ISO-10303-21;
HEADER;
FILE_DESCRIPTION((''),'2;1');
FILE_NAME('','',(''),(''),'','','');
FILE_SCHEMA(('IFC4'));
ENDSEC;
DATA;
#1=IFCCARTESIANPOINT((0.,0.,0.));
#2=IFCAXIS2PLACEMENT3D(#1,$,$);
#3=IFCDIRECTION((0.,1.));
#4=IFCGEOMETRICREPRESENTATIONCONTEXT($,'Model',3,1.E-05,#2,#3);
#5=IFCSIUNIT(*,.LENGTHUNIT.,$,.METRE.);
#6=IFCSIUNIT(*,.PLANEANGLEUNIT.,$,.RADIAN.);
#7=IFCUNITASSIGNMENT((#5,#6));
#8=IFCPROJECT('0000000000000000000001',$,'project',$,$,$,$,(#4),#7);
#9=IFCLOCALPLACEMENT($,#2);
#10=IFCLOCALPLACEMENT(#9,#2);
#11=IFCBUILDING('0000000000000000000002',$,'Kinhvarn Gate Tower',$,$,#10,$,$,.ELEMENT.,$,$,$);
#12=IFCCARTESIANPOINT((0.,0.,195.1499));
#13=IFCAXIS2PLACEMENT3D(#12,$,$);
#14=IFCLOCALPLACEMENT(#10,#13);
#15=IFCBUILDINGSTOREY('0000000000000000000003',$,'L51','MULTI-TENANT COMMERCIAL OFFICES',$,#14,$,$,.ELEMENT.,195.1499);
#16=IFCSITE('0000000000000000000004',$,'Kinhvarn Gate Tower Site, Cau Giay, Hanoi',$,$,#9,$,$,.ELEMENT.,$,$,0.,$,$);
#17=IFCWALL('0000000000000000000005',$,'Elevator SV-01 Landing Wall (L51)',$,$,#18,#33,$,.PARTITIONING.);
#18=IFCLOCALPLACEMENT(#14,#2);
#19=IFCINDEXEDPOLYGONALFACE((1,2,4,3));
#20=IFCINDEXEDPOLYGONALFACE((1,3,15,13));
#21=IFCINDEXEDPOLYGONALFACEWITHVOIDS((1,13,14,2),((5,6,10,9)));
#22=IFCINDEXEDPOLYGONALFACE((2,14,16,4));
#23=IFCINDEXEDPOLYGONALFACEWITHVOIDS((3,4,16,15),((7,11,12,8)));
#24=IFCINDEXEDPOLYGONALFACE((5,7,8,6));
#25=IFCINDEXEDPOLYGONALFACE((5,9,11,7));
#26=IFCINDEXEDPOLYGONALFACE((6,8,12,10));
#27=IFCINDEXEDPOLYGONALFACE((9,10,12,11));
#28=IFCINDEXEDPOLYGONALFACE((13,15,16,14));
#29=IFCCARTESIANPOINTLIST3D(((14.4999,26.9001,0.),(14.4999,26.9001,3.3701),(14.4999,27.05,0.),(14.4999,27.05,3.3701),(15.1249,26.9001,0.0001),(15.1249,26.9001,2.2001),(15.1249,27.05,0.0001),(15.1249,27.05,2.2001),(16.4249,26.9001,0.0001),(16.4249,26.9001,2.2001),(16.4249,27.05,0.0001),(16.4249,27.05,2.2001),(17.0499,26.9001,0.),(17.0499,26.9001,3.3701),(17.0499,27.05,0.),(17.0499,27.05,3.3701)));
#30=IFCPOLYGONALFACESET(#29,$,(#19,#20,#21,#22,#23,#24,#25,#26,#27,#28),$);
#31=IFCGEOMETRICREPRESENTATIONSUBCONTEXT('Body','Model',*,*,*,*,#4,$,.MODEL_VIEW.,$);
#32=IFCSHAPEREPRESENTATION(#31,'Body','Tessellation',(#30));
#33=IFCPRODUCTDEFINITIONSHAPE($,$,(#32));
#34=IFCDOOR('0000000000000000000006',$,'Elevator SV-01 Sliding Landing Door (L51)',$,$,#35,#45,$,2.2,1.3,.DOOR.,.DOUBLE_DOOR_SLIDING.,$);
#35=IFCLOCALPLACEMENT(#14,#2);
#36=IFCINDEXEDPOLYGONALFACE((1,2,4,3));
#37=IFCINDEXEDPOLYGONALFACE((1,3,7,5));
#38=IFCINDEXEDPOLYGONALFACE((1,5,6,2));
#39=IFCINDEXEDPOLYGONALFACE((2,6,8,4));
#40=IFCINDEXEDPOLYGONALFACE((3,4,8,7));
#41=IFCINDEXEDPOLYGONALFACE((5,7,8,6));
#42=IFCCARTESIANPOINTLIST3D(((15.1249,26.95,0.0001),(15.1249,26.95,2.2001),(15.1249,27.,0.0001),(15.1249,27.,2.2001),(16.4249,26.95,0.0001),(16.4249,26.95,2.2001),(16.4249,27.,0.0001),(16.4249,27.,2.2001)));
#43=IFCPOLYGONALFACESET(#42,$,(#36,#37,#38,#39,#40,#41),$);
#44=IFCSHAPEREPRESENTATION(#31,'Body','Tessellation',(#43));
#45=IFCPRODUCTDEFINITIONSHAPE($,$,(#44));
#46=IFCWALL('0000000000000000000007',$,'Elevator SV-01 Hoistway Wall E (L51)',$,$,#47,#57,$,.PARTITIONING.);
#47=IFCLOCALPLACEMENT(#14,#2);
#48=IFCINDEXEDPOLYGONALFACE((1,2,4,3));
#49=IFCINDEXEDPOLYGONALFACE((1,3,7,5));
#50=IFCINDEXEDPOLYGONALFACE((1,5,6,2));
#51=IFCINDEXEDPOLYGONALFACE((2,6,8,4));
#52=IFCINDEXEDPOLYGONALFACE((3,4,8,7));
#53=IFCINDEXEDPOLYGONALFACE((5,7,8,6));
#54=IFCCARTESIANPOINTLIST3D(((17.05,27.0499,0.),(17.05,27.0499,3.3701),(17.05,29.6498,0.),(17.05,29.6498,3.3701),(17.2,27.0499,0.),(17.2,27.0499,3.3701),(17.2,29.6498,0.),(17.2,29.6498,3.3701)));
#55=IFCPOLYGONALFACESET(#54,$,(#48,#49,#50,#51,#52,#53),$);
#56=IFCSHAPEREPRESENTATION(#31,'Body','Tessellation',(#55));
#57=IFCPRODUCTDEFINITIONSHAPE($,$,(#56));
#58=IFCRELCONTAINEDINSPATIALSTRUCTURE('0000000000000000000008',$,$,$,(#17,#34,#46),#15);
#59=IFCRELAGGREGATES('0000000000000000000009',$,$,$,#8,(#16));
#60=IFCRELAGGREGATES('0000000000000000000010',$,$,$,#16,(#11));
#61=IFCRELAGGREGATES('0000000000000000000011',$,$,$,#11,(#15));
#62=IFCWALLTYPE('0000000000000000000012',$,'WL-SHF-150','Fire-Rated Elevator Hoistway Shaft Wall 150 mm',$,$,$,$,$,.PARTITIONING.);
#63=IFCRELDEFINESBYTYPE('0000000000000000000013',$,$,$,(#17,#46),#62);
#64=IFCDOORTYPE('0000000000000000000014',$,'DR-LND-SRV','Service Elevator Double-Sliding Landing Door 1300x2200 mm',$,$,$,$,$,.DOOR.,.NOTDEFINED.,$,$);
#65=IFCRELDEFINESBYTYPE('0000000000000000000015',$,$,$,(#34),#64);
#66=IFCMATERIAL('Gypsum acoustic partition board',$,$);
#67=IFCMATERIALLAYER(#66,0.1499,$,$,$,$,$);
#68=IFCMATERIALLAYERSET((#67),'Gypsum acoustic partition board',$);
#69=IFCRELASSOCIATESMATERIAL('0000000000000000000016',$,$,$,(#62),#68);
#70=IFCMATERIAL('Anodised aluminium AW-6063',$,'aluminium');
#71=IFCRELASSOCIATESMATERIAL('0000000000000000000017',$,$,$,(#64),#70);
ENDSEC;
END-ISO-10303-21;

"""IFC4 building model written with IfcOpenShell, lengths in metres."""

from ifc_helpers import new_model, si_unit, direction, frame, frame_2d, origin, place, context, subcontext, project, spatial, rectangle, extrude, material, layer, layer_set, type_object, element, fill, save


model = new_model("IFC4")

# Units and contexts
model_context = context("Model", 3, precision=1e-05, world=origin(), true_north=direction((0.0, 1.0)))
body_context = subcontext(model_context, "Body", "Model", "MODEL_VIEW")
ifc_project = project(units=[si_unit("LENGTHUNIT", "METRE"), si_unit("PLANEANGLEUNIT", "RADIAN")], contexts=[model_context])

# Site, building, storey
site_placement = place(None, origin())
site = spatial("IfcSite", under=ifc_project, at=site_placement, Name="Kinhvarn Gate Tower Site, Cau Giay, Hanoi", CompositionType="ELEMENT", RefElevation=0.0)
building_placement = place(site_placement, origin())
building = spatial("IfcBuilding", under=site, at=building_placement, Name="Kinhvarn Gate Tower", CompositionType="ELEMENT")
storey_placement = place(building_placement, frame((0.0, 0.0, 195.1499)))
storey = spatial("IfcBuildingStorey", under=building, at=storey_placement, Name="L51", Description="MULTI-TENANT COMMERCIAL OFFICES", CompositionType="ELEMENT", Elevation=195.1499)

# Shared definitions
ifc_material_1 = material(Name="Anodised aluminium AW-6063", Category="aluminium")
ifc_material_2 = material(Name="Gypsum acoustic partition board")

# Shared definitions
ifc_layer_1 = layer(ifc_material_2, 0.1499)
ifc_layer_set_1 = layer_set([ifc_layer_1], Name="Gypsum acoustic partition board")
wall_type_1 = type_object("IfcWallType", Name="WL-SHF-150", Description="Fire-Rated Elevator Hoistway Shaft Wall 150 mm", PredefinedType="PARTITIONING", material=ifc_layer_set_1)

# Wall, opening, door
wall_1_placement = place(storey_placement, frame((14.5, 26.9751, 0.0), z_axis=(0.0, 0.0, 1.0), x_axis=(1.0, 0.0, 0.0)))
wall_1 = element("IfcWall", 1, at=wall_1_placement, inside=storey, type_object=wall_type_1, Name="Elevator SV-01 Landing Wall (L51)", PredefinedType="PARTITIONING", context=body_context, shape_type="SweptSolid", body=[
    extrude(rectangle(XDim=2.55, YDim=0.1499, at=frame_2d((1.2749, 0.0))), origin(), (0.0, 0.0, 1.0), 3.3701),
])
opening_1_placement = place(wall_1_placement, frame((0.625, 0.0, 0.0)))
opening_1 = element("IfcOpeningElement", 2, at=opening_1_placement, cuts=wall_1, PredefinedType="OPENING", context=body_context, shape_type="SweptSolid", body=[
    extrude(rectangle(XDim=1.3, YDim=2.2, at=frame_2d((0.6499, 1.1001))), frame((0.0, 0.085, 0.0), z_axis=(0.0, -1.0, 0.0), x_axis=(1.0, 0.0, 0.0)), (0.0, 0.0, 1.0), 0.1699),
])
door_type_1 = type_object("IfcDoorType", Name="DR-LND-SRV", Description="Service Elevator Double-Sliding Landing Door 1300x2200 mm", OperationType="NOTDEFINED", PredefinedType="DOOR", material=ifc_material_1)
door_1_placement = place(opening_1_placement, origin())
door_1 = element("IfcDoor", 3, at=door_1_placement, inside=storey, type_object=door_type_1, Name="Elevator SV-01 Sliding Landing Door (L51)", OperationType="DOUBLE_DOOR_SLIDING", OverallHeight=2.2, OverallWidth=1.3, PredefinedType="DOOR", context=body_context, shape_type="SweptSolid", body=[
    extrude(rectangle(XDim=1.3, YDim=2.2, at=frame_2d((0.6499, 1.1001))), frame((0.0, 0.0249, 0.0), z_axis=(0.0, -1.0, 0.0), x_axis=(1.0, 0.0, 0.0)), (0.0, 0.0, 1.0), 0.05),
])
fill(opening_1, door_1)

# Wall
wall_2_placement = place(storey_placement, frame((17.125, 27.05, 0.0), z_axis=(0.0, 0.0, 1.0), x_axis=(0.0, 1.0, 0.0)))
element("IfcWall", 4, at=wall_2_placement, inside=storey, type_object=wall_type_1, Name="Elevator SV-01 Hoistway Wall E (L51)", PredefinedType="PARTITIONING", context=body_context, shape_type="SweptSolid", body=[
    extrude(rectangle(XDim=2.5999, YDim=0.1499, at=frame_2d((1.2998, 0.0))), origin(), (0.0, 0.0, 1.0), 3.3701),
])

save(model, "model.ifc")
